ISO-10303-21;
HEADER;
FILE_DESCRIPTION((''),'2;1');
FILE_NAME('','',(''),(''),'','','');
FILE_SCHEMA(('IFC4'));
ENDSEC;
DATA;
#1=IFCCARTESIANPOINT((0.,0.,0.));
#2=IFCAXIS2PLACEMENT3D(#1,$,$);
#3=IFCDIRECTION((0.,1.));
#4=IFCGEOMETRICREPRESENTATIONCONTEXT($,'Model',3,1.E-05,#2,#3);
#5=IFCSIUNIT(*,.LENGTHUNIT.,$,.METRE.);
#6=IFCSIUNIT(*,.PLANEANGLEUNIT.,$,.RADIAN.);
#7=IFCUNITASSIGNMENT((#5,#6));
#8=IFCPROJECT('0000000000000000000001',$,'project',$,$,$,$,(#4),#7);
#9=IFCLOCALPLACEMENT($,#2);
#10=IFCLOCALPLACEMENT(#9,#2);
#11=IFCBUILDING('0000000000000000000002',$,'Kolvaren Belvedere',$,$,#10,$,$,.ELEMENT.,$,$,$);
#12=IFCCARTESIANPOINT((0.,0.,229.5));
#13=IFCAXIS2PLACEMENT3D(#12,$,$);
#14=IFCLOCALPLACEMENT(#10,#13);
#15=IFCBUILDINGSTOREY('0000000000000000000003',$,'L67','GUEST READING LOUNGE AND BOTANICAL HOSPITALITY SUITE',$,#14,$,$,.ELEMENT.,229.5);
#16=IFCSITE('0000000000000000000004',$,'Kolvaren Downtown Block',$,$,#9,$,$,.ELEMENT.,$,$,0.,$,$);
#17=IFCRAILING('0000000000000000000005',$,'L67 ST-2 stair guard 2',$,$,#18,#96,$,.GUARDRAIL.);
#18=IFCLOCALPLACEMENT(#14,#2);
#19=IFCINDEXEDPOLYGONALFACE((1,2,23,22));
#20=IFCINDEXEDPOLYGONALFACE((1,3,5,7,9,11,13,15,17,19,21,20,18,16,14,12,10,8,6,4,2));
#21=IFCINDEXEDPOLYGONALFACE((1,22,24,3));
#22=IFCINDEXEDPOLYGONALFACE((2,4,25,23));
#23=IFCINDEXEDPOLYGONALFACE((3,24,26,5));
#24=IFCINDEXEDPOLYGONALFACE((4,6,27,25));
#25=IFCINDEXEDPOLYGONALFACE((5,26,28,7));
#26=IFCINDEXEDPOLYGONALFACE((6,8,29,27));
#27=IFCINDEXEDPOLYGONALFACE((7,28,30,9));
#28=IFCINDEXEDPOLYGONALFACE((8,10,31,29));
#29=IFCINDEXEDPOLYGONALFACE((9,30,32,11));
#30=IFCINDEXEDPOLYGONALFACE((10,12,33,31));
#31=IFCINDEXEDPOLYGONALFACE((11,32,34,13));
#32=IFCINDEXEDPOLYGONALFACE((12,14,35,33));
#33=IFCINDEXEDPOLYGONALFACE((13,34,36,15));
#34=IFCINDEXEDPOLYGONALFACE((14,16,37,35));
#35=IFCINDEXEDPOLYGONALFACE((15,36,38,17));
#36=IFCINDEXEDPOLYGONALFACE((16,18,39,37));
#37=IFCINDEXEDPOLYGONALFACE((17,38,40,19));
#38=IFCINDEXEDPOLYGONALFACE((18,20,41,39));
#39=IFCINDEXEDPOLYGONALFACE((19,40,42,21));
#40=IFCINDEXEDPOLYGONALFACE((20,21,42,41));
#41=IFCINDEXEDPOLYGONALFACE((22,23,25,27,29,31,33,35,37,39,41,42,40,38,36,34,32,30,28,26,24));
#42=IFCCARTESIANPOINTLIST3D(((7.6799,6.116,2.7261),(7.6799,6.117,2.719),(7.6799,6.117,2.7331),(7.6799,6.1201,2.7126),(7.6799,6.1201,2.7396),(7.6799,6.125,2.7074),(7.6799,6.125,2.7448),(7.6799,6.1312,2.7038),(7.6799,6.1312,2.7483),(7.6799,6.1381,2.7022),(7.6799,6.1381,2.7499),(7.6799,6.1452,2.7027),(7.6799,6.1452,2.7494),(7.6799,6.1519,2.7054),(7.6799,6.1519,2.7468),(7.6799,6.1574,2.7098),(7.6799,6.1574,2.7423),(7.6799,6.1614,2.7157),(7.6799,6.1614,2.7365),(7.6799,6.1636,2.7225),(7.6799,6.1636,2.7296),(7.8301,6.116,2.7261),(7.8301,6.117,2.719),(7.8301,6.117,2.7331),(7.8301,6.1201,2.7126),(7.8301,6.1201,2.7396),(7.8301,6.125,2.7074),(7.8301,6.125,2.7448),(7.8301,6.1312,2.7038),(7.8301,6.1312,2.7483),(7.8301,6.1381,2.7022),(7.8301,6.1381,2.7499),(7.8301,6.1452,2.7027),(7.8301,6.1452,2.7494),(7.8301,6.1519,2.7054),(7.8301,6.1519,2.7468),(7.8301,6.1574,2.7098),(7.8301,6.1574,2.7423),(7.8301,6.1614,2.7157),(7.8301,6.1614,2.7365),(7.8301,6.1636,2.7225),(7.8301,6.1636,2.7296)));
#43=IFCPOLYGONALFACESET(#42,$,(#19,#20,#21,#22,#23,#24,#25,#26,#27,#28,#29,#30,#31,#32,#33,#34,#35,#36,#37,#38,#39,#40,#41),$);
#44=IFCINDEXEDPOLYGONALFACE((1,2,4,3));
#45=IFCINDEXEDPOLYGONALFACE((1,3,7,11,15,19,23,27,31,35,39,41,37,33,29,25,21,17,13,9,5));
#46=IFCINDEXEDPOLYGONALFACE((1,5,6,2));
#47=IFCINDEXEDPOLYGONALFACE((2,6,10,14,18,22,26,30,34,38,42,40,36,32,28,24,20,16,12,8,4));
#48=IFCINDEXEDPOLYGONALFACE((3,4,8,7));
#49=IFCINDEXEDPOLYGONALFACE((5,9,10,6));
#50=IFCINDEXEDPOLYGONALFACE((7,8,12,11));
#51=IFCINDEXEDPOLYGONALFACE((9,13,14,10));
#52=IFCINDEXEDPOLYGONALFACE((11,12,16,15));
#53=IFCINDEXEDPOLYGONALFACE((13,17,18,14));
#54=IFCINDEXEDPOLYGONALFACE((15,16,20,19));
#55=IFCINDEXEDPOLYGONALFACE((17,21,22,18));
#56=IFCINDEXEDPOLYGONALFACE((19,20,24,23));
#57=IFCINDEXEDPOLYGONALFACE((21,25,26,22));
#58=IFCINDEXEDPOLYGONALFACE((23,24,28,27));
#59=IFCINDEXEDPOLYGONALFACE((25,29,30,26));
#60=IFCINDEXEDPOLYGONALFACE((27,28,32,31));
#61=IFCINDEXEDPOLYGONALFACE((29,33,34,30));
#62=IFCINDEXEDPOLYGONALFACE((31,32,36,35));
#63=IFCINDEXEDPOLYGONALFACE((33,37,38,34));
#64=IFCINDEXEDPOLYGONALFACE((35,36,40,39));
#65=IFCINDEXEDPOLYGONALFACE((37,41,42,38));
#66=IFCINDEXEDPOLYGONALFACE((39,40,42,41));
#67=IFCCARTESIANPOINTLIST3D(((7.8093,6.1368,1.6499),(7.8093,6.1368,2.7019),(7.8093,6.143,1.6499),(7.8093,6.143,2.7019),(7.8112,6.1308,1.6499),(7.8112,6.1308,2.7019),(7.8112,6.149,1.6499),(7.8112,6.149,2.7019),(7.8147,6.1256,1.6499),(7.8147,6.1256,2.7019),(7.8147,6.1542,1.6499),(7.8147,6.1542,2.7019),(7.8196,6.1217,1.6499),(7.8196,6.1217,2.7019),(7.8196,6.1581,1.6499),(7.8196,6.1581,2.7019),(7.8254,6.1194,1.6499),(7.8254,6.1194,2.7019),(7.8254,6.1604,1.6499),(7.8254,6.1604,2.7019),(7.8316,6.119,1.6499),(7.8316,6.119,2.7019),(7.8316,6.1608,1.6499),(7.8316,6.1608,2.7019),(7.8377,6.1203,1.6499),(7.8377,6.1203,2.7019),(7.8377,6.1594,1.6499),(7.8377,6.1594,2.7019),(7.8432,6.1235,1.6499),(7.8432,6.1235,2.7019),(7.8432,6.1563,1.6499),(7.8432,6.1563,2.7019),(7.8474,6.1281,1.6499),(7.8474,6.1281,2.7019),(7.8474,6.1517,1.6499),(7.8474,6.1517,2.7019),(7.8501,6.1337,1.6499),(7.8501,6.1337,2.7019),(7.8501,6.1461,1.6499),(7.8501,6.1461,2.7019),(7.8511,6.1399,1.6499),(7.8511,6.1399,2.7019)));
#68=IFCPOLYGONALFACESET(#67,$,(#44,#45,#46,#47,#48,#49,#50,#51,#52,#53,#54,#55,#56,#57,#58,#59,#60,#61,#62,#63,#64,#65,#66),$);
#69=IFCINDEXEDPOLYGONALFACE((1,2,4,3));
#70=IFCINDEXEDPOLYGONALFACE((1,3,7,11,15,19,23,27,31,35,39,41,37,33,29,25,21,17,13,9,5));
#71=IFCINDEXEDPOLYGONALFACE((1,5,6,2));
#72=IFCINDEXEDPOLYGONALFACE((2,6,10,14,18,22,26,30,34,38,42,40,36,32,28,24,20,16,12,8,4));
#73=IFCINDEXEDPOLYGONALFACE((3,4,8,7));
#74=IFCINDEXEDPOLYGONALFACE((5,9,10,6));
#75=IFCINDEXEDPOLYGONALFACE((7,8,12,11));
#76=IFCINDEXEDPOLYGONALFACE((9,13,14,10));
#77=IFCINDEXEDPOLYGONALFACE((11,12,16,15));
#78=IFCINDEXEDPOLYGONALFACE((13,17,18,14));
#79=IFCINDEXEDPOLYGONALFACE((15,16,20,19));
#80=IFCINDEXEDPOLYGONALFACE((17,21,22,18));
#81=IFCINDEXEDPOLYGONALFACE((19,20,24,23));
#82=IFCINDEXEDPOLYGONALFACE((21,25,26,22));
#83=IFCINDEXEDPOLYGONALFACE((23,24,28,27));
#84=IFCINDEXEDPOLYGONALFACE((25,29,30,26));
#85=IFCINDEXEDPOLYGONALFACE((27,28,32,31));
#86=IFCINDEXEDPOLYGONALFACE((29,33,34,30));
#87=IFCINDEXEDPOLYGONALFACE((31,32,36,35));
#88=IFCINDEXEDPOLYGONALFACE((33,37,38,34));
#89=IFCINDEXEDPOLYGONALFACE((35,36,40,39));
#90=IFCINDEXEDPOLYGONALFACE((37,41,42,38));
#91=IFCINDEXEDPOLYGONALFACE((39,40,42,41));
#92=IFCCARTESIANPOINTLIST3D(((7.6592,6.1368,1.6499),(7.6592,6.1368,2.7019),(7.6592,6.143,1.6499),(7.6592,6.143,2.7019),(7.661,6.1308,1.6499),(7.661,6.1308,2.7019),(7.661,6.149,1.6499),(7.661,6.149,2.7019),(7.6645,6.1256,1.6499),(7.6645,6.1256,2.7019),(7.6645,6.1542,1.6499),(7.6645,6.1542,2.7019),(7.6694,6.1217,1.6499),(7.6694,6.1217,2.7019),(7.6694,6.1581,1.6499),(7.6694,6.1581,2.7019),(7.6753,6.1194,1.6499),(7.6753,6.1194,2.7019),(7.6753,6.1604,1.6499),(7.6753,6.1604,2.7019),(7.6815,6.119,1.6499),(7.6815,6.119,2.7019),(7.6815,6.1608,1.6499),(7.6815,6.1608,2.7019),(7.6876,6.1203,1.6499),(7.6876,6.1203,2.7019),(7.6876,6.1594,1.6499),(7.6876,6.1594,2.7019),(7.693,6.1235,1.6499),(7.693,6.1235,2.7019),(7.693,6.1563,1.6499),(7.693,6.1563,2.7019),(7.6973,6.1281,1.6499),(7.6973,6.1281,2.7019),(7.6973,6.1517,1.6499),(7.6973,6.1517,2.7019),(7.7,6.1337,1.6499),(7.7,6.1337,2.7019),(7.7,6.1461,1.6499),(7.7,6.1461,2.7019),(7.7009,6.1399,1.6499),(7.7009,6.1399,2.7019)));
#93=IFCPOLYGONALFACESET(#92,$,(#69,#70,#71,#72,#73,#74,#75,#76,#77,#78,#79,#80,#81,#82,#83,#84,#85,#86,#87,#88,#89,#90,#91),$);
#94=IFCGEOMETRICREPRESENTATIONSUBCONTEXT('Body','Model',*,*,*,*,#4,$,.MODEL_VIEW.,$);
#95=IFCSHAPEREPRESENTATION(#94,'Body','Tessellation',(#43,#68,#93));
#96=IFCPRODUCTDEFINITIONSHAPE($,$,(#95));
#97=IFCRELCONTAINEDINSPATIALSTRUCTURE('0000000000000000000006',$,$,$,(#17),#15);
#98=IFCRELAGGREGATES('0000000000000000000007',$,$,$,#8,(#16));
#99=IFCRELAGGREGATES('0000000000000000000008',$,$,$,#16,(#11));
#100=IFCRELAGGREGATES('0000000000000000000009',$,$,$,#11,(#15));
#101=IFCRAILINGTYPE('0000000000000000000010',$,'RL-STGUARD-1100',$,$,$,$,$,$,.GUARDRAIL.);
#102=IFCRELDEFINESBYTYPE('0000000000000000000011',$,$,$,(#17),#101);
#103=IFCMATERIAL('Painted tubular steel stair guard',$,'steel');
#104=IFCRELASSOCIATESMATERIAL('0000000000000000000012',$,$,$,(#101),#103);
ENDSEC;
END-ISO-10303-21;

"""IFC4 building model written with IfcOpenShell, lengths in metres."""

from ifc_helpers import new_model, si_unit, direction, frame, origin, origin_2d, place, context, subcontext, project, spatial, circle, extrude, material, type_object, element, save


model = new_model("IFC4")

# Units and contexts
model_context = context("Model", 3, precision=1e-05, world=origin(), true_north=direction((0.0, 1.0)))
body_context = subcontext(model_context, "Body", "Model", "MODEL_VIEW")
ifc_project = project(units=[si_unit("LENGTHUNIT", "METRE"), si_unit("PLANEANGLEUNIT", "RADIAN")], contexts=[model_context])

# Site, building, storey
site_placement = place(None, origin())
site = spatial("IfcSite", under=ifc_project, at=site_placement, Name="Kolvaren Downtown Block", CompositionType="ELEMENT", RefElevation=0.0)
building_placement = place(site_placement, origin())
building = spatial("IfcBuilding", under=site, at=building_placement, Name="Kolvaren Belvedere", CompositionType="ELEMENT")
storey_placement = place(building_placement, frame((0.0, 0.0, 229.5)))
storey = spatial("IfcBuildingStorey", under=building, at=storey_placement, Name="L67", Description="GUEST READING LOUNGE AND BOTANICAL HOSPITALITY SUITE", CompositionType="ELEMENT", Elevation=229.5)

# Railing
ifc_material_1 = material(Name="Painted tubular steel stair guard", Category="steel")
railing_type_1 = type_object("IfcRailingType", Name="RL-STGUARD-1100", PredefinedType="GUARDRAIL", material=ifc_material_1)
railing_1_placement = place(storey_placement, frame((7.8301, 6.1399, 1.6499)))
element("IfcRailing", 1, at=railing_1_placement, inside=storey, type_object=railing_type_1, Name="L67 ST-2 stair guard 2", PredefinedType="GUARDRAIL", context=body_context, shape_type="SweptSolid", body=[
    extrude(circle(Radius=0.0239, at=origin_2d()), frame((0.0, 0.0, 1.0762), z_axis=(-1.0, 0.0, 0.0), x_axis=(0.0, -1.0, 0.0)), (0.0, 0.0, 1.0), 0.1501),
    extrude(circle(Radius=0.021, at=origin_2d()), origin(), (0.0, 0.0, 1.0), 1.052),
    extrude(circle(Radius=0.021, at=origin_2d()), frame((-0.1501, 0.0, 0.0)), (0.0, 0.0, 1.0), 1.052),
])

save(model, "model.ifc")
